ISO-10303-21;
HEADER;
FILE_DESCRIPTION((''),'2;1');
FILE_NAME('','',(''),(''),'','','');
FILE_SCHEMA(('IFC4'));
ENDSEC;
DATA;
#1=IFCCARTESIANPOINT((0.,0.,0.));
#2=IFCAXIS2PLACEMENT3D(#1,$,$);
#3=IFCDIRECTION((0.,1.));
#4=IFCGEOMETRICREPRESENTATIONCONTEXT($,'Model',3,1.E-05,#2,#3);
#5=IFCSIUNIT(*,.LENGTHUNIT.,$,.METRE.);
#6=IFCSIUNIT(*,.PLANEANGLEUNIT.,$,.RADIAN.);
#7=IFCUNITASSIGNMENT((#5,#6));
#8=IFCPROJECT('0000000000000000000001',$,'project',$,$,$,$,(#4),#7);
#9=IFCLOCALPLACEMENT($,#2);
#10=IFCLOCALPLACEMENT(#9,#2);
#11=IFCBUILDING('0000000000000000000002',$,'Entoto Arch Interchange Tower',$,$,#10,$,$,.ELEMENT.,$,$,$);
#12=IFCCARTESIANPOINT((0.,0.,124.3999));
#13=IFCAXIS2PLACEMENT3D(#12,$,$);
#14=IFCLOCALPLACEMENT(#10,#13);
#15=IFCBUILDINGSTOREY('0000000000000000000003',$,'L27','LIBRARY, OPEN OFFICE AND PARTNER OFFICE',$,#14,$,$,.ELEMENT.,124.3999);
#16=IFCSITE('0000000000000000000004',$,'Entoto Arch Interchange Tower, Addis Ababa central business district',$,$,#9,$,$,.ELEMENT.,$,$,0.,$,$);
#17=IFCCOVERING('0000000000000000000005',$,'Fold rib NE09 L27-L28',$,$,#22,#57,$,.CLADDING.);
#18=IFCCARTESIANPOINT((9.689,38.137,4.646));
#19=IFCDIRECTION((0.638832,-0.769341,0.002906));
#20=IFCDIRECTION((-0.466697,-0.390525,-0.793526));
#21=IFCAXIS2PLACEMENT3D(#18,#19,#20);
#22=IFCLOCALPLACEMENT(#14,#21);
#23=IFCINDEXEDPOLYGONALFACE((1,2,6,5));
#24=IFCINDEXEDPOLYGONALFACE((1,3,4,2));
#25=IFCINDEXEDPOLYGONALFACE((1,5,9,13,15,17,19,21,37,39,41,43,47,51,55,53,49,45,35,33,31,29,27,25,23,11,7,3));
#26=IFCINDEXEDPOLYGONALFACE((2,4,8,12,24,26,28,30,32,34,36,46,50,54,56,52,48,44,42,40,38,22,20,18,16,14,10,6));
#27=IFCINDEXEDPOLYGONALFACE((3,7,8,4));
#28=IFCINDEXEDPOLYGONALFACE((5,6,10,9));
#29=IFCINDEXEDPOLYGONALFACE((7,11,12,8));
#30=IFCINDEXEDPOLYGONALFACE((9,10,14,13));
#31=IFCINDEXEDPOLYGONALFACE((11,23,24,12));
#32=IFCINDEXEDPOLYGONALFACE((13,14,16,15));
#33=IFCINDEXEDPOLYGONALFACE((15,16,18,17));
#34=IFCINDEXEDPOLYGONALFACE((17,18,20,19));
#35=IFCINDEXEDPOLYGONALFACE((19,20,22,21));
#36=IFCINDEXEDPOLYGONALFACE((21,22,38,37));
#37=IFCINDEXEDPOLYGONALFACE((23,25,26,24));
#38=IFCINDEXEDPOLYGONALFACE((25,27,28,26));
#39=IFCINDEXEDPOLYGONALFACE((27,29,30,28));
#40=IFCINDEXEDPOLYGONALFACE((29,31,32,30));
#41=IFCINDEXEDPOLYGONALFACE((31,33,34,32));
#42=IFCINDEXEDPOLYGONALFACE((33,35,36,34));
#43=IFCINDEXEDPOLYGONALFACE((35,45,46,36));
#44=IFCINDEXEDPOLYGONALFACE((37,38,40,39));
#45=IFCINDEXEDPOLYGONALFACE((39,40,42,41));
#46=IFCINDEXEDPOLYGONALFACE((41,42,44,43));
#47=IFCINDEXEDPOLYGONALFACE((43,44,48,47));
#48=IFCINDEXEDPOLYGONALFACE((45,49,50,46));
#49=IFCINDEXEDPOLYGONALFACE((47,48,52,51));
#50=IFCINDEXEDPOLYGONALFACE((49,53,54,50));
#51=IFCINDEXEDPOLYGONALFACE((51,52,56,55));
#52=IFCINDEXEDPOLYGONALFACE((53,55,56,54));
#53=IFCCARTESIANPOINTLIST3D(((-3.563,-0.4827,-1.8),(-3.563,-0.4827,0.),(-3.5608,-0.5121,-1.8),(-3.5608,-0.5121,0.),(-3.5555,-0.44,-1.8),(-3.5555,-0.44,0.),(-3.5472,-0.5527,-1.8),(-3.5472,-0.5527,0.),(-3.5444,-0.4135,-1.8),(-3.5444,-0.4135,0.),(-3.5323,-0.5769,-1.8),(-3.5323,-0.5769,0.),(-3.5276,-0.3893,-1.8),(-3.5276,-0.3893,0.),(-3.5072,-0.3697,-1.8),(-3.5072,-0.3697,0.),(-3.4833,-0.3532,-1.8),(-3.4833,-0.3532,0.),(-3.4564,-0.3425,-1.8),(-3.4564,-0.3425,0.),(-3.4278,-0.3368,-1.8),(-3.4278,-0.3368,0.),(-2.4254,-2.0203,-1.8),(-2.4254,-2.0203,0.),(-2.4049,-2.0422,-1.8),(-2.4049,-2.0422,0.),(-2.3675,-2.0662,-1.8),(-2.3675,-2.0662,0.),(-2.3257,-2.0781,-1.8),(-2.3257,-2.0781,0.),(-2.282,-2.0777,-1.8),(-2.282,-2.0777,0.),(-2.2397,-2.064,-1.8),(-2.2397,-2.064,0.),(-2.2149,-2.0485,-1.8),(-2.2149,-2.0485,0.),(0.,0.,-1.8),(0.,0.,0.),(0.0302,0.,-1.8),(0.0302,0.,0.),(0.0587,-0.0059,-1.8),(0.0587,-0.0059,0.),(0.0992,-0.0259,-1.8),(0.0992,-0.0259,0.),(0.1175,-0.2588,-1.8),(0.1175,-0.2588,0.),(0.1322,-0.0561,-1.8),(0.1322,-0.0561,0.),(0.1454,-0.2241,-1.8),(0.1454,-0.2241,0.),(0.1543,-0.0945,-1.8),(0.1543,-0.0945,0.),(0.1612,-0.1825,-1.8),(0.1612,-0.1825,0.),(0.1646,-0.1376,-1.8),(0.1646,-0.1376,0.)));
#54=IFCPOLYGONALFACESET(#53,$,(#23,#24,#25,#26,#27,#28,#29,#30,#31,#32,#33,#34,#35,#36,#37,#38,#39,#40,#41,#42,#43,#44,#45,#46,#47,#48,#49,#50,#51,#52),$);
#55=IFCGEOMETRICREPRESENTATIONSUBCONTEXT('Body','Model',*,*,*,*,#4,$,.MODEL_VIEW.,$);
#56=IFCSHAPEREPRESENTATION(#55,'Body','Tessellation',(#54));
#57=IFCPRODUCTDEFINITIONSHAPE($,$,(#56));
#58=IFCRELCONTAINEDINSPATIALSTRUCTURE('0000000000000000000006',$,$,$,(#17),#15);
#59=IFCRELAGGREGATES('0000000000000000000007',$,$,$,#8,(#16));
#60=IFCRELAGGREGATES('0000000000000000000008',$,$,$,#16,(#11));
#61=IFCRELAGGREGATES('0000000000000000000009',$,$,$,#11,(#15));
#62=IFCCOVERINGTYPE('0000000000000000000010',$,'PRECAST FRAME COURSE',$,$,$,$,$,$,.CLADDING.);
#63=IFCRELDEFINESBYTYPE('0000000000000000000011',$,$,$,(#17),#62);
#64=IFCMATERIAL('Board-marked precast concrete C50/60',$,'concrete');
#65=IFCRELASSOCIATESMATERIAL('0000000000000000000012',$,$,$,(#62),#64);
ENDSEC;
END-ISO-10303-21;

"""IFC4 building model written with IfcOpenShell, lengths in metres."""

from ifc_helpers import new_model, si_unit, direction, frame, origin, place, context, subcontext, project, spatial, polyline, outline, extrude, material, type_object, element, save


model = new_model("IFC4")

# Units and contexts
model_context = context("Model", 3, precision=1e-05, world=origin(), true_north=direction((0.0, 1.0)))
body_context = subcontext(model_context, "Body", "Model", "MODEL_VIEW")
ifc_project = project(units=[si_unit("LENGTHUNIT", "METRE"), si_unit("PLANEANGLEUNIT", "RADIAN")], contexts=[model_context])

# Site, building, storey
site_placement = place(None, origin())
site = spatial("IfcSite", under=ifc_project, at=site_placement, Name="Entoto Arch Interchange Tower, Addis Ababa central business district", CompositionType="ELEMENT", RefElevation=0.0)
building_placement = place(site_placement, origin())
building = spatial("IfcBuilding", under=site, at=building_placement, Name="Entoto Arch Interchange Tower", CompositionType="ELEMENT")
storey_placement = place(building_placement, frame((0.0, 0.0, 124.3999)))
storey = spatial("IfcBuildingStorey", under=building, at=storey_placement, Name="L27", Description="LIBRARY, OPEN OFFICE AND PARTNER OFFICE", CompositionType="ELEMENT", Elevation=124.3999)

# Covering
ifc_material_1 = material(Name="Board-marked precast concrete C50/60", Category="concrete")
covering_type = type_object("IfcCoveringType", Name="PRECAST FRAME COURSE", PredefinedType="CLADDING", material=ifc_material_1)
covering_1_placement = place(storey_placement, frame((9.689, 38.137, 4.646), z_axis=(0.638832, -0.769341, 0.002906), x_axis=(-0.466697, -0.390525, -0.793526)))
element("IfcCovering", 1, at=covering_1_placement, inside=storey, type_object=covering_type, Name="Fold rib NE09 L27-L28", PredefinedType="CLADDING", context=body_context, shape_type="SweptSolid", body=[
    extrude(outline(polyline([(0.0, 0.0), (0.0302, 0.0), (0.0587, -0.0059), (0.0992, -0.0259), (0.1322, -0.0561), (0.1543, -0.0945), (0.1646, -0.1376), (0.1612, -0.1825), (0.1454, -0.2241), (0.1175, -0.2588), (-2.2149, -2.0485), (-2.2397, -2.064), (-2.282, -2.0777), (-2.3257, -2.0781), (-2.3675, -2.0662), (-2.4049, -2.0422), (-2.4254, -2.0203), (-3.5323, -0.5769), (-3.5472, -0.5527), (-3.5608, -0.5121), (-3.563, -0.4827), (-3.5555, -0.44), (-3.5444, -0.4135), (-3.5276, -0.3893), (-3.5072, -0.3697), (-3.4833, -0.3532), (-3.4564, -0.3425), (-3.4278, -0.3368), (0.0, 0.0)])), origin(), (0.0, 0.0, -1.0), 1.8),
])

save(model, "model.ifc")
